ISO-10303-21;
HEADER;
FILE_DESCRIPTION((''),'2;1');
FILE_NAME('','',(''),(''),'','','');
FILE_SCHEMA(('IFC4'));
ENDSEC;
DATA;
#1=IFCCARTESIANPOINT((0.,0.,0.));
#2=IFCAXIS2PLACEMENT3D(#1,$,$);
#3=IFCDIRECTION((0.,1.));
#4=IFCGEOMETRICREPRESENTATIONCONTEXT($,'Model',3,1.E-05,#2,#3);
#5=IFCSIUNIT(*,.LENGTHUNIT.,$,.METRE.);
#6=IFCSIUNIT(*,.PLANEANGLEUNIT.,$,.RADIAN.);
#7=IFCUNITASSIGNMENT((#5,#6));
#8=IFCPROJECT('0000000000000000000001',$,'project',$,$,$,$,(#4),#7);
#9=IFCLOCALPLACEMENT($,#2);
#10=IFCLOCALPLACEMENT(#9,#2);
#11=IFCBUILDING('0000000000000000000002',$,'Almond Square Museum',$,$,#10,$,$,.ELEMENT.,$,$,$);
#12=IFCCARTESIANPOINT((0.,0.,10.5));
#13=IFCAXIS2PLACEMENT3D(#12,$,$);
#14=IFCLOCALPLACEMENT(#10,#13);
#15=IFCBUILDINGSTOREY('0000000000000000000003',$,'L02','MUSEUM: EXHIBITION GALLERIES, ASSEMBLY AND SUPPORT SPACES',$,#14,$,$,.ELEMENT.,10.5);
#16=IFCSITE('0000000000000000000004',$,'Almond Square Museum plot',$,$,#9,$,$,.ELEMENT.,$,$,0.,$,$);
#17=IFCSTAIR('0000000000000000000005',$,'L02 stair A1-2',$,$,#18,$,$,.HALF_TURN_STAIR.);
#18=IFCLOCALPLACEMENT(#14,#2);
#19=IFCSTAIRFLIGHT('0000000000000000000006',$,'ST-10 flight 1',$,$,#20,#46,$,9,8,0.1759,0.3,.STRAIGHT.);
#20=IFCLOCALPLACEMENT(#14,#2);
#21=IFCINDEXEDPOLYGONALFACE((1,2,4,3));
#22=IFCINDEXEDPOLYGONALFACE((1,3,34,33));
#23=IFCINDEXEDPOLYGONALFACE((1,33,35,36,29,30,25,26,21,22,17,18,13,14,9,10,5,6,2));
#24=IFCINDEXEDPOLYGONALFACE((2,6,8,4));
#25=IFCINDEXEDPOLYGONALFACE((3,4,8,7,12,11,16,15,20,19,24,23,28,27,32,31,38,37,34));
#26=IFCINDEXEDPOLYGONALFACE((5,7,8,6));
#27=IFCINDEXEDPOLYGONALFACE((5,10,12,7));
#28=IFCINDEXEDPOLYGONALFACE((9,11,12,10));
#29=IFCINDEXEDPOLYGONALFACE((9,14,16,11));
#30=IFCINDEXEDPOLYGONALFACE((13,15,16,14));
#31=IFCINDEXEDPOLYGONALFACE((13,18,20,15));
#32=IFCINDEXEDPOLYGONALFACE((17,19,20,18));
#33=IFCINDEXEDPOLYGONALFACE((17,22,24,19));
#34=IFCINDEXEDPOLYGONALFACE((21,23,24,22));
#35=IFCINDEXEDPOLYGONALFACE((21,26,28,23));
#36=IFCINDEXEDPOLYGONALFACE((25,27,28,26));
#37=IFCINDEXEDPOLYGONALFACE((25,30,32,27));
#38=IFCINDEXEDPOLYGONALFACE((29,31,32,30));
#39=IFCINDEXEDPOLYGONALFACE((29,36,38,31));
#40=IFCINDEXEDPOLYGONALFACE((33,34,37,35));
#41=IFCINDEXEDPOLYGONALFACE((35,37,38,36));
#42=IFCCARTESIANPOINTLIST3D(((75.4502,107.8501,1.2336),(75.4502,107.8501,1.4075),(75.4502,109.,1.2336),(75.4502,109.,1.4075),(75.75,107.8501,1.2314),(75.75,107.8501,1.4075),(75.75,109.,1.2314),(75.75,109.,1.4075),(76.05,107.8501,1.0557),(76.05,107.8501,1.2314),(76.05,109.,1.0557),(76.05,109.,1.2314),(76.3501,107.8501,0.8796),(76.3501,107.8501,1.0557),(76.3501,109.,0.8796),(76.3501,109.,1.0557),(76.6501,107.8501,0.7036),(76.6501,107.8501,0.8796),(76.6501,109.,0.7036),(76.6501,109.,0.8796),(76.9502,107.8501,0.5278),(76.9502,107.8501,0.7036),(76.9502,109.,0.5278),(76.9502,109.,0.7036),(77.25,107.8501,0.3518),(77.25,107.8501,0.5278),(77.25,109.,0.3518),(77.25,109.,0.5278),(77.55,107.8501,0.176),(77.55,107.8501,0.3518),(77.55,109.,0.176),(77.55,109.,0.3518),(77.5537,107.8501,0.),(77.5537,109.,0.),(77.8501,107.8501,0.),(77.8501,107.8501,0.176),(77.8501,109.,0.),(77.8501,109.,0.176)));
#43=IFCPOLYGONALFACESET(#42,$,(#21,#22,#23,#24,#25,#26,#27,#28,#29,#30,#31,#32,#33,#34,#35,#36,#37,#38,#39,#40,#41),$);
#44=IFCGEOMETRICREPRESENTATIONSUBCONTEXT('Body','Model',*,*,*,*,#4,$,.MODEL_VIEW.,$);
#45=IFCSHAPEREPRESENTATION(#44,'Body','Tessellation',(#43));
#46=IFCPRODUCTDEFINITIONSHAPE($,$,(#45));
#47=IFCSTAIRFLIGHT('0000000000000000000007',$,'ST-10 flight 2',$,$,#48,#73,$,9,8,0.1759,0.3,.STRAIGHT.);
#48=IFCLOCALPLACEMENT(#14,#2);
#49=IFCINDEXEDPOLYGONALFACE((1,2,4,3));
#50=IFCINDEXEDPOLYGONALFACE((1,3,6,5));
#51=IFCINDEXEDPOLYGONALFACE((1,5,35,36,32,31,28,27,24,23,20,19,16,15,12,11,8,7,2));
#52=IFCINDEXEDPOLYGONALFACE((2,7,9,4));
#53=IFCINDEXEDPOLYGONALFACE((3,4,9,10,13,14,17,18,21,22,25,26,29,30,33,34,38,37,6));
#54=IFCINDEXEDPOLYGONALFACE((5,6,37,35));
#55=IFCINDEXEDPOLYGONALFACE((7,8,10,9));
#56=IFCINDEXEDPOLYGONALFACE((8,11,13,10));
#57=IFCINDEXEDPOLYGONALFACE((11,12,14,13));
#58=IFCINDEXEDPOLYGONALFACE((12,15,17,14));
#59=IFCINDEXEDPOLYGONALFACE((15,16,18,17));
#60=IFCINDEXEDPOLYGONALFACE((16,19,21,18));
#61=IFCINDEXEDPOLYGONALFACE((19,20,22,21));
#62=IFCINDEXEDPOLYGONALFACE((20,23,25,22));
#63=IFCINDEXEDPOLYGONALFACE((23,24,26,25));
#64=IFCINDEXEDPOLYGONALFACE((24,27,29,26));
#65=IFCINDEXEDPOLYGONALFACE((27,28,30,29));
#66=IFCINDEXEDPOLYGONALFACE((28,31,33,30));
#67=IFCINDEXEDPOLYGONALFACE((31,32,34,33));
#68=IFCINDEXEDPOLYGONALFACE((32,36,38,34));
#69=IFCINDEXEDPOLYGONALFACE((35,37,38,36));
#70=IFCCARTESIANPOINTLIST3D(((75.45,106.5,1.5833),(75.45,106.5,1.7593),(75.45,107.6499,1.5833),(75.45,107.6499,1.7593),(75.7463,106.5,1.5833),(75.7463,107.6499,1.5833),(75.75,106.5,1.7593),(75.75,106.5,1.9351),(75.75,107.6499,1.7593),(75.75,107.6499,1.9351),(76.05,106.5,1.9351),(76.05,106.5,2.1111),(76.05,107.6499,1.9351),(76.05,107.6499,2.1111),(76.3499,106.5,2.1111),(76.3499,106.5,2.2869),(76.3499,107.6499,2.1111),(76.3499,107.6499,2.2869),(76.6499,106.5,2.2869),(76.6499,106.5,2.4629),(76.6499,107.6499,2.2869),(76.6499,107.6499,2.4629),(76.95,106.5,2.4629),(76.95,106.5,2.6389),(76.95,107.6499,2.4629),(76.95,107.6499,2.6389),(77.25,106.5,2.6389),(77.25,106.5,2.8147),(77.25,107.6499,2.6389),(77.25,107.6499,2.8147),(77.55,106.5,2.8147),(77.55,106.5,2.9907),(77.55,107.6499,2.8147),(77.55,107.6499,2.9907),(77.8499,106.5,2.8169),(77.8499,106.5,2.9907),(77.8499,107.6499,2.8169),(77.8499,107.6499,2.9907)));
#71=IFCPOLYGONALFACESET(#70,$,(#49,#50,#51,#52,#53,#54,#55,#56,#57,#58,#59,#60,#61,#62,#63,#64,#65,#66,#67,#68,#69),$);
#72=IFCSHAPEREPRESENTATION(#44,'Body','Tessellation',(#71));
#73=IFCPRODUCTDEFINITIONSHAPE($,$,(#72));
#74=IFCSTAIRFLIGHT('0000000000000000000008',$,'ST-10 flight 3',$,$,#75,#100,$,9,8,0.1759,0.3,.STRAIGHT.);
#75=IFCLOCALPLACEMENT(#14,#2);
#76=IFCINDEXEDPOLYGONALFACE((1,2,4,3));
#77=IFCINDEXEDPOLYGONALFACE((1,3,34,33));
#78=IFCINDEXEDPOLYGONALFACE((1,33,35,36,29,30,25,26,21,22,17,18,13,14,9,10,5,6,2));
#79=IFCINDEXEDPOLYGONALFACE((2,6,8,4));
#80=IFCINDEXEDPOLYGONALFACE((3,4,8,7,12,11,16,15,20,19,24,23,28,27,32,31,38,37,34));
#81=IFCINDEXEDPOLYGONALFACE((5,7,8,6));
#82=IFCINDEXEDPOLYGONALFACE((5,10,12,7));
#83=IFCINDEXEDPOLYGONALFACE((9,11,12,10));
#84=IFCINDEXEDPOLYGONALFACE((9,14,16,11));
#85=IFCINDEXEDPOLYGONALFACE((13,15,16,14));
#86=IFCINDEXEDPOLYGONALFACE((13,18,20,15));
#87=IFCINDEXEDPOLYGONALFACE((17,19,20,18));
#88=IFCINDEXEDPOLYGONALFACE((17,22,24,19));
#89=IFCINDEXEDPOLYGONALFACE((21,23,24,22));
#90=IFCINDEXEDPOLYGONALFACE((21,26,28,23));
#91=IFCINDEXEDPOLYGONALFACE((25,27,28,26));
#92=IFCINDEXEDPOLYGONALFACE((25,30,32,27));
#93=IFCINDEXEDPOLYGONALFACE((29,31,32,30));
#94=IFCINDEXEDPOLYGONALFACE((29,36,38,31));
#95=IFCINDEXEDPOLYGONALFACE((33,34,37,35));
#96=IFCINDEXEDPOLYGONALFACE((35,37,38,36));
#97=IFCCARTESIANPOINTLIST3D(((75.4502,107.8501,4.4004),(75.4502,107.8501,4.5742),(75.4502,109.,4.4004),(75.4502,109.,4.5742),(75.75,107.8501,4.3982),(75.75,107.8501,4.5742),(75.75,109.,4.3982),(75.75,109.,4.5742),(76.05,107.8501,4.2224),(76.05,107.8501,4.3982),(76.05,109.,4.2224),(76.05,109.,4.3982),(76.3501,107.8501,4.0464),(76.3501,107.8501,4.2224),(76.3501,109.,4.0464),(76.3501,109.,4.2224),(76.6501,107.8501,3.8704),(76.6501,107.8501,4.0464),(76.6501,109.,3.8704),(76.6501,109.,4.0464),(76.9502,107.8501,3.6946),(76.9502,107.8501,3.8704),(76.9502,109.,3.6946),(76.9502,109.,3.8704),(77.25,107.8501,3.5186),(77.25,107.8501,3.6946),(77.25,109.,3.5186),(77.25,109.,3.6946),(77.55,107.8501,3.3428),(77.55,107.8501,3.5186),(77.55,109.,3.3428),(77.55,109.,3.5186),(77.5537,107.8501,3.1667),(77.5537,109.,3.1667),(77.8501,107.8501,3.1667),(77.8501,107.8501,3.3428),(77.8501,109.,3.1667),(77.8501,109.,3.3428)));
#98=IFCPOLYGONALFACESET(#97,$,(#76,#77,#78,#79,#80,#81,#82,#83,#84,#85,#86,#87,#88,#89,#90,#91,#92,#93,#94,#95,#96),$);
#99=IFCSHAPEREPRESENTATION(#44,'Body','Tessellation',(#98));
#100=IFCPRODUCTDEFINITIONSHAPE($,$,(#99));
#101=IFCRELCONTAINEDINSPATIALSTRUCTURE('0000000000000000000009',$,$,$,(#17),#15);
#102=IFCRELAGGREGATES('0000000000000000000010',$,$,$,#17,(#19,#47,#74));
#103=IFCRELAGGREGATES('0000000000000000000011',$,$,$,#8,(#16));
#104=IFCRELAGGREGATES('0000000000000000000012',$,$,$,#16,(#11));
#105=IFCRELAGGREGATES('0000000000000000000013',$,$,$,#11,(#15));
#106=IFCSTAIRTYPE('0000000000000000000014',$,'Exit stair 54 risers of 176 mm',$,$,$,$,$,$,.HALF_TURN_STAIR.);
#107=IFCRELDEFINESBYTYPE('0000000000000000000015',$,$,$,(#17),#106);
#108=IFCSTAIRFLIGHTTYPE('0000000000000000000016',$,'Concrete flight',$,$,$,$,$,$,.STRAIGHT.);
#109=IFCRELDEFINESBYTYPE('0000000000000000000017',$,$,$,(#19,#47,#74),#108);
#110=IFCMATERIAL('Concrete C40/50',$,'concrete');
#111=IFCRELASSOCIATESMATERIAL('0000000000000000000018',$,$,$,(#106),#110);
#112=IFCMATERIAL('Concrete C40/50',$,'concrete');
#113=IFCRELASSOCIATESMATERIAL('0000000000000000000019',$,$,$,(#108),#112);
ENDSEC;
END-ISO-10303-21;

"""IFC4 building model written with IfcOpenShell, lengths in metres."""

from ifc_helpers import new_model, si_unit, direction, frame, origin, place, context, subcontext, project, spatial, polyline, outline, extrude, material, type_object, element, aggregate, save


model = new_model("IFC4")

# Units and contexts
model_context = context("Model", 3, precision=1e-05, world=origin(), true_north=direction((0.0, 1.0)))
body_context = subcontext(model_context, "Body", "Model", "MODEL_VIEW")
ifc_project = project(units=[si_unit("LENGTHUNIT", "METRE"), si_unit("PLANEANGLEUNIT", "RADIAN")], contexts=[model_context])

# Site, building, storey
site_placement = place(None, origin())
site = spatial("IfcSite", under=ifc_project, at=site_placement, Name="Almond Square Museum plot", CompositionType="ELEMENT", RefElevation=0.0)
building_placement = place(site_placement, origin())
building = spatial("IfcBuilding", under=site, at=building_placement, Name="Almond Square Museum", CompositionType="ELEMENT")
storey_placement = place(building_placement, frame((0.0, 0.0, 10.5)))
storey = spatial("IfcBuildingStorey", under=building, at=storey_placement, Name="L02", Description="MUSEUM: EXHIBITION GALLERIES, ASSEMBLY AND SUPPORT SPACES", CompositionType="ELEMENT", Elevation=10.5)

# Stair, stair flights
ifc_material_1 = material(Name="Concrete C40/50", Category="concrete")
stair_type = type_object("IfcStairType", Name="Exit stair 54 risers of 176 mm", PredefinedType="HALF_TURN_STAIR", material=ifc_material_1)
ifc_material_2 = material(Name="Concrete C40/50", Category="concrete")
stair_flight_type = type_object("IfcStairFlightType", Name="Concrete flight", PredefinedType="STRAIGHT", material=ifc_material_2)
stair_1_placement = place(storey_placement, origin())
stair_1 = element("IfcStair", 1, at=stair_1_placement, inside=storey, type_object=stair_type, Name="L02 stair A1-2", PredefinedType="HALF_TURN_STAIR")
stair_flight_1_placement = place(storey_placement, frame((77.8501, 108.425, 0.0), z_axis=(0.0, 0.0, 1.0), x_axis=(-1.0, 0.0, 0.0)))
stair_flight_1 = element("IfcStairFlight", 2, at=stair_flight_1_placement, type_object=stair_flight_type, Name="ST-10 flight 1", NumberOfRisers=9, NumberOfTreads=8, PredefinedType="STRAIGHT", RiserHeight=0.1759, TreadLength=0.3, context=body_context, shape_type="SweptSolid", body=[
    extrude(outline(polyline([(0.0, 0.0), (0.0, 0.176), (0.3, 0.176), (0.3, 0.3518), (0.6001, 0.3518), (0.6001, 0.5278), (0.8999, 0.5278), (0.8999, 0.7036), (1.2, 0.7036), (1.2, 0.8796), (1.5, 0.8796), (1.5, 1.0557), (1.8, 1.0557), (1.8, 1.2314), (2.1001, 1.2314), (2.1001, 1.4075), (2.3999, 1.4075), (2.3999, 1.5833), (2.3999, 1.2336), (0.2964, 0.0), (0.0, 0.0)])), frame((0.0, 0.575, 0.0), z_axis=(0.0, -1.0, 0.0), x_axis=(1.0, 0.0, 0.0)), (0.0, 0.0, 1.0), 1.1499),
])
stair_flight_2_placement = place(storey_placement, frame((75.45, 107.075, 1.5833), z_axis=(0.0, 0.0, 1.0), x_axis=(1.0, 0.0, 0.0)))
stair_flight_2 = element("IfcStairFlight", 3, at=stair_flight_2_placement, type_object=stair_flight_type, Name="ST-10 flight 2", NumberOfRisers=9, NumberOfTreads=8, PredefinedType="STRAIGHT", RiserHeight=0.1759, TreadLength=0.3, context=body_context, shape_type="SweptSolid", body=[
    extrude(outline(polyline([(0.0, 0.0), (0.0, 0.176), (0.3, 0.176), (0.3, 0.3518), (0.6001, 0.3518), (0.6001, 0.5278), (0.8999, 0.5278), (0.8999, 0.7036), (1.2, 0.7036), (1.2, 0.8796), (1.5, 0.8796), (1.5, 1.0557), (1.8, 1.0557), (1.8, 1.2314), (2.1001, 1.2314), (2.1001, 1.4075), (2.3999, 1.4075), (2.3999, 1.5833), (2.3999, 1.2336), (0.2964, 0.0), (0.0, 0.0)])), frame((0.0, 0.575, 0.0), z_axis=(0.0, -1.0, 0.0), x_axis=(1.0, 0.0, 0.0)), (0.0, 0.0, 1.0), 1.1499),
])
stair_flight_3_placement = place(storey_placement, frame((77.8501, 108.425, 3.1667), z_axis=(0.0, 0.0, 1.0), x_axis=(-1.0, 0.0, 0.0)))
stair_flight_3 = element("IfcStairFlight", 4, at=stair_flight_3_placement, type_object=stair_flight_type, Name="ST-10 flight 3", NumberOfRisers=9, NumberOfTreads=8, PredefinedType="STRAIGHT", RiserHeight=0.1759, TreadLength=0.3, context=body_context, shape_type="SweptSolid", body=[
    extrude(outline(polyline([(0.0, 0.0), (0.0, 0.176), (0.3, 0.176), (0.3, 0.3518), (0.6001, 0.3518), (0.6001, 0.5278), (0.8999, 0.5278), (0.8999, 0.7036), (1.2, 0.7036), (1.2, 0.8796), (1.5, 0.8796), (1.5, 1.0557), (1.8, 1.0557), (1.8, 1.2314), (2.1001, 1.2314), (2.1001, 1.4075), (2.3999, 1.4075), (2.3999, 1.5833), (2.3999, 1.2336), (0.2964, 0.0), (0.0, 0.0)])), frame((0.0, 0.575, 0.0), z_axis=(0.0, -1.0, 0.0), x_axis=(1.0, 0.0, 0.0)), (0.0, 0.0, 1.0), 1.1499),
])
aggregate(stair_1, [stair_flight_1, stair_flight_2, stair_flight_3])

save(model, "model.ifc")
